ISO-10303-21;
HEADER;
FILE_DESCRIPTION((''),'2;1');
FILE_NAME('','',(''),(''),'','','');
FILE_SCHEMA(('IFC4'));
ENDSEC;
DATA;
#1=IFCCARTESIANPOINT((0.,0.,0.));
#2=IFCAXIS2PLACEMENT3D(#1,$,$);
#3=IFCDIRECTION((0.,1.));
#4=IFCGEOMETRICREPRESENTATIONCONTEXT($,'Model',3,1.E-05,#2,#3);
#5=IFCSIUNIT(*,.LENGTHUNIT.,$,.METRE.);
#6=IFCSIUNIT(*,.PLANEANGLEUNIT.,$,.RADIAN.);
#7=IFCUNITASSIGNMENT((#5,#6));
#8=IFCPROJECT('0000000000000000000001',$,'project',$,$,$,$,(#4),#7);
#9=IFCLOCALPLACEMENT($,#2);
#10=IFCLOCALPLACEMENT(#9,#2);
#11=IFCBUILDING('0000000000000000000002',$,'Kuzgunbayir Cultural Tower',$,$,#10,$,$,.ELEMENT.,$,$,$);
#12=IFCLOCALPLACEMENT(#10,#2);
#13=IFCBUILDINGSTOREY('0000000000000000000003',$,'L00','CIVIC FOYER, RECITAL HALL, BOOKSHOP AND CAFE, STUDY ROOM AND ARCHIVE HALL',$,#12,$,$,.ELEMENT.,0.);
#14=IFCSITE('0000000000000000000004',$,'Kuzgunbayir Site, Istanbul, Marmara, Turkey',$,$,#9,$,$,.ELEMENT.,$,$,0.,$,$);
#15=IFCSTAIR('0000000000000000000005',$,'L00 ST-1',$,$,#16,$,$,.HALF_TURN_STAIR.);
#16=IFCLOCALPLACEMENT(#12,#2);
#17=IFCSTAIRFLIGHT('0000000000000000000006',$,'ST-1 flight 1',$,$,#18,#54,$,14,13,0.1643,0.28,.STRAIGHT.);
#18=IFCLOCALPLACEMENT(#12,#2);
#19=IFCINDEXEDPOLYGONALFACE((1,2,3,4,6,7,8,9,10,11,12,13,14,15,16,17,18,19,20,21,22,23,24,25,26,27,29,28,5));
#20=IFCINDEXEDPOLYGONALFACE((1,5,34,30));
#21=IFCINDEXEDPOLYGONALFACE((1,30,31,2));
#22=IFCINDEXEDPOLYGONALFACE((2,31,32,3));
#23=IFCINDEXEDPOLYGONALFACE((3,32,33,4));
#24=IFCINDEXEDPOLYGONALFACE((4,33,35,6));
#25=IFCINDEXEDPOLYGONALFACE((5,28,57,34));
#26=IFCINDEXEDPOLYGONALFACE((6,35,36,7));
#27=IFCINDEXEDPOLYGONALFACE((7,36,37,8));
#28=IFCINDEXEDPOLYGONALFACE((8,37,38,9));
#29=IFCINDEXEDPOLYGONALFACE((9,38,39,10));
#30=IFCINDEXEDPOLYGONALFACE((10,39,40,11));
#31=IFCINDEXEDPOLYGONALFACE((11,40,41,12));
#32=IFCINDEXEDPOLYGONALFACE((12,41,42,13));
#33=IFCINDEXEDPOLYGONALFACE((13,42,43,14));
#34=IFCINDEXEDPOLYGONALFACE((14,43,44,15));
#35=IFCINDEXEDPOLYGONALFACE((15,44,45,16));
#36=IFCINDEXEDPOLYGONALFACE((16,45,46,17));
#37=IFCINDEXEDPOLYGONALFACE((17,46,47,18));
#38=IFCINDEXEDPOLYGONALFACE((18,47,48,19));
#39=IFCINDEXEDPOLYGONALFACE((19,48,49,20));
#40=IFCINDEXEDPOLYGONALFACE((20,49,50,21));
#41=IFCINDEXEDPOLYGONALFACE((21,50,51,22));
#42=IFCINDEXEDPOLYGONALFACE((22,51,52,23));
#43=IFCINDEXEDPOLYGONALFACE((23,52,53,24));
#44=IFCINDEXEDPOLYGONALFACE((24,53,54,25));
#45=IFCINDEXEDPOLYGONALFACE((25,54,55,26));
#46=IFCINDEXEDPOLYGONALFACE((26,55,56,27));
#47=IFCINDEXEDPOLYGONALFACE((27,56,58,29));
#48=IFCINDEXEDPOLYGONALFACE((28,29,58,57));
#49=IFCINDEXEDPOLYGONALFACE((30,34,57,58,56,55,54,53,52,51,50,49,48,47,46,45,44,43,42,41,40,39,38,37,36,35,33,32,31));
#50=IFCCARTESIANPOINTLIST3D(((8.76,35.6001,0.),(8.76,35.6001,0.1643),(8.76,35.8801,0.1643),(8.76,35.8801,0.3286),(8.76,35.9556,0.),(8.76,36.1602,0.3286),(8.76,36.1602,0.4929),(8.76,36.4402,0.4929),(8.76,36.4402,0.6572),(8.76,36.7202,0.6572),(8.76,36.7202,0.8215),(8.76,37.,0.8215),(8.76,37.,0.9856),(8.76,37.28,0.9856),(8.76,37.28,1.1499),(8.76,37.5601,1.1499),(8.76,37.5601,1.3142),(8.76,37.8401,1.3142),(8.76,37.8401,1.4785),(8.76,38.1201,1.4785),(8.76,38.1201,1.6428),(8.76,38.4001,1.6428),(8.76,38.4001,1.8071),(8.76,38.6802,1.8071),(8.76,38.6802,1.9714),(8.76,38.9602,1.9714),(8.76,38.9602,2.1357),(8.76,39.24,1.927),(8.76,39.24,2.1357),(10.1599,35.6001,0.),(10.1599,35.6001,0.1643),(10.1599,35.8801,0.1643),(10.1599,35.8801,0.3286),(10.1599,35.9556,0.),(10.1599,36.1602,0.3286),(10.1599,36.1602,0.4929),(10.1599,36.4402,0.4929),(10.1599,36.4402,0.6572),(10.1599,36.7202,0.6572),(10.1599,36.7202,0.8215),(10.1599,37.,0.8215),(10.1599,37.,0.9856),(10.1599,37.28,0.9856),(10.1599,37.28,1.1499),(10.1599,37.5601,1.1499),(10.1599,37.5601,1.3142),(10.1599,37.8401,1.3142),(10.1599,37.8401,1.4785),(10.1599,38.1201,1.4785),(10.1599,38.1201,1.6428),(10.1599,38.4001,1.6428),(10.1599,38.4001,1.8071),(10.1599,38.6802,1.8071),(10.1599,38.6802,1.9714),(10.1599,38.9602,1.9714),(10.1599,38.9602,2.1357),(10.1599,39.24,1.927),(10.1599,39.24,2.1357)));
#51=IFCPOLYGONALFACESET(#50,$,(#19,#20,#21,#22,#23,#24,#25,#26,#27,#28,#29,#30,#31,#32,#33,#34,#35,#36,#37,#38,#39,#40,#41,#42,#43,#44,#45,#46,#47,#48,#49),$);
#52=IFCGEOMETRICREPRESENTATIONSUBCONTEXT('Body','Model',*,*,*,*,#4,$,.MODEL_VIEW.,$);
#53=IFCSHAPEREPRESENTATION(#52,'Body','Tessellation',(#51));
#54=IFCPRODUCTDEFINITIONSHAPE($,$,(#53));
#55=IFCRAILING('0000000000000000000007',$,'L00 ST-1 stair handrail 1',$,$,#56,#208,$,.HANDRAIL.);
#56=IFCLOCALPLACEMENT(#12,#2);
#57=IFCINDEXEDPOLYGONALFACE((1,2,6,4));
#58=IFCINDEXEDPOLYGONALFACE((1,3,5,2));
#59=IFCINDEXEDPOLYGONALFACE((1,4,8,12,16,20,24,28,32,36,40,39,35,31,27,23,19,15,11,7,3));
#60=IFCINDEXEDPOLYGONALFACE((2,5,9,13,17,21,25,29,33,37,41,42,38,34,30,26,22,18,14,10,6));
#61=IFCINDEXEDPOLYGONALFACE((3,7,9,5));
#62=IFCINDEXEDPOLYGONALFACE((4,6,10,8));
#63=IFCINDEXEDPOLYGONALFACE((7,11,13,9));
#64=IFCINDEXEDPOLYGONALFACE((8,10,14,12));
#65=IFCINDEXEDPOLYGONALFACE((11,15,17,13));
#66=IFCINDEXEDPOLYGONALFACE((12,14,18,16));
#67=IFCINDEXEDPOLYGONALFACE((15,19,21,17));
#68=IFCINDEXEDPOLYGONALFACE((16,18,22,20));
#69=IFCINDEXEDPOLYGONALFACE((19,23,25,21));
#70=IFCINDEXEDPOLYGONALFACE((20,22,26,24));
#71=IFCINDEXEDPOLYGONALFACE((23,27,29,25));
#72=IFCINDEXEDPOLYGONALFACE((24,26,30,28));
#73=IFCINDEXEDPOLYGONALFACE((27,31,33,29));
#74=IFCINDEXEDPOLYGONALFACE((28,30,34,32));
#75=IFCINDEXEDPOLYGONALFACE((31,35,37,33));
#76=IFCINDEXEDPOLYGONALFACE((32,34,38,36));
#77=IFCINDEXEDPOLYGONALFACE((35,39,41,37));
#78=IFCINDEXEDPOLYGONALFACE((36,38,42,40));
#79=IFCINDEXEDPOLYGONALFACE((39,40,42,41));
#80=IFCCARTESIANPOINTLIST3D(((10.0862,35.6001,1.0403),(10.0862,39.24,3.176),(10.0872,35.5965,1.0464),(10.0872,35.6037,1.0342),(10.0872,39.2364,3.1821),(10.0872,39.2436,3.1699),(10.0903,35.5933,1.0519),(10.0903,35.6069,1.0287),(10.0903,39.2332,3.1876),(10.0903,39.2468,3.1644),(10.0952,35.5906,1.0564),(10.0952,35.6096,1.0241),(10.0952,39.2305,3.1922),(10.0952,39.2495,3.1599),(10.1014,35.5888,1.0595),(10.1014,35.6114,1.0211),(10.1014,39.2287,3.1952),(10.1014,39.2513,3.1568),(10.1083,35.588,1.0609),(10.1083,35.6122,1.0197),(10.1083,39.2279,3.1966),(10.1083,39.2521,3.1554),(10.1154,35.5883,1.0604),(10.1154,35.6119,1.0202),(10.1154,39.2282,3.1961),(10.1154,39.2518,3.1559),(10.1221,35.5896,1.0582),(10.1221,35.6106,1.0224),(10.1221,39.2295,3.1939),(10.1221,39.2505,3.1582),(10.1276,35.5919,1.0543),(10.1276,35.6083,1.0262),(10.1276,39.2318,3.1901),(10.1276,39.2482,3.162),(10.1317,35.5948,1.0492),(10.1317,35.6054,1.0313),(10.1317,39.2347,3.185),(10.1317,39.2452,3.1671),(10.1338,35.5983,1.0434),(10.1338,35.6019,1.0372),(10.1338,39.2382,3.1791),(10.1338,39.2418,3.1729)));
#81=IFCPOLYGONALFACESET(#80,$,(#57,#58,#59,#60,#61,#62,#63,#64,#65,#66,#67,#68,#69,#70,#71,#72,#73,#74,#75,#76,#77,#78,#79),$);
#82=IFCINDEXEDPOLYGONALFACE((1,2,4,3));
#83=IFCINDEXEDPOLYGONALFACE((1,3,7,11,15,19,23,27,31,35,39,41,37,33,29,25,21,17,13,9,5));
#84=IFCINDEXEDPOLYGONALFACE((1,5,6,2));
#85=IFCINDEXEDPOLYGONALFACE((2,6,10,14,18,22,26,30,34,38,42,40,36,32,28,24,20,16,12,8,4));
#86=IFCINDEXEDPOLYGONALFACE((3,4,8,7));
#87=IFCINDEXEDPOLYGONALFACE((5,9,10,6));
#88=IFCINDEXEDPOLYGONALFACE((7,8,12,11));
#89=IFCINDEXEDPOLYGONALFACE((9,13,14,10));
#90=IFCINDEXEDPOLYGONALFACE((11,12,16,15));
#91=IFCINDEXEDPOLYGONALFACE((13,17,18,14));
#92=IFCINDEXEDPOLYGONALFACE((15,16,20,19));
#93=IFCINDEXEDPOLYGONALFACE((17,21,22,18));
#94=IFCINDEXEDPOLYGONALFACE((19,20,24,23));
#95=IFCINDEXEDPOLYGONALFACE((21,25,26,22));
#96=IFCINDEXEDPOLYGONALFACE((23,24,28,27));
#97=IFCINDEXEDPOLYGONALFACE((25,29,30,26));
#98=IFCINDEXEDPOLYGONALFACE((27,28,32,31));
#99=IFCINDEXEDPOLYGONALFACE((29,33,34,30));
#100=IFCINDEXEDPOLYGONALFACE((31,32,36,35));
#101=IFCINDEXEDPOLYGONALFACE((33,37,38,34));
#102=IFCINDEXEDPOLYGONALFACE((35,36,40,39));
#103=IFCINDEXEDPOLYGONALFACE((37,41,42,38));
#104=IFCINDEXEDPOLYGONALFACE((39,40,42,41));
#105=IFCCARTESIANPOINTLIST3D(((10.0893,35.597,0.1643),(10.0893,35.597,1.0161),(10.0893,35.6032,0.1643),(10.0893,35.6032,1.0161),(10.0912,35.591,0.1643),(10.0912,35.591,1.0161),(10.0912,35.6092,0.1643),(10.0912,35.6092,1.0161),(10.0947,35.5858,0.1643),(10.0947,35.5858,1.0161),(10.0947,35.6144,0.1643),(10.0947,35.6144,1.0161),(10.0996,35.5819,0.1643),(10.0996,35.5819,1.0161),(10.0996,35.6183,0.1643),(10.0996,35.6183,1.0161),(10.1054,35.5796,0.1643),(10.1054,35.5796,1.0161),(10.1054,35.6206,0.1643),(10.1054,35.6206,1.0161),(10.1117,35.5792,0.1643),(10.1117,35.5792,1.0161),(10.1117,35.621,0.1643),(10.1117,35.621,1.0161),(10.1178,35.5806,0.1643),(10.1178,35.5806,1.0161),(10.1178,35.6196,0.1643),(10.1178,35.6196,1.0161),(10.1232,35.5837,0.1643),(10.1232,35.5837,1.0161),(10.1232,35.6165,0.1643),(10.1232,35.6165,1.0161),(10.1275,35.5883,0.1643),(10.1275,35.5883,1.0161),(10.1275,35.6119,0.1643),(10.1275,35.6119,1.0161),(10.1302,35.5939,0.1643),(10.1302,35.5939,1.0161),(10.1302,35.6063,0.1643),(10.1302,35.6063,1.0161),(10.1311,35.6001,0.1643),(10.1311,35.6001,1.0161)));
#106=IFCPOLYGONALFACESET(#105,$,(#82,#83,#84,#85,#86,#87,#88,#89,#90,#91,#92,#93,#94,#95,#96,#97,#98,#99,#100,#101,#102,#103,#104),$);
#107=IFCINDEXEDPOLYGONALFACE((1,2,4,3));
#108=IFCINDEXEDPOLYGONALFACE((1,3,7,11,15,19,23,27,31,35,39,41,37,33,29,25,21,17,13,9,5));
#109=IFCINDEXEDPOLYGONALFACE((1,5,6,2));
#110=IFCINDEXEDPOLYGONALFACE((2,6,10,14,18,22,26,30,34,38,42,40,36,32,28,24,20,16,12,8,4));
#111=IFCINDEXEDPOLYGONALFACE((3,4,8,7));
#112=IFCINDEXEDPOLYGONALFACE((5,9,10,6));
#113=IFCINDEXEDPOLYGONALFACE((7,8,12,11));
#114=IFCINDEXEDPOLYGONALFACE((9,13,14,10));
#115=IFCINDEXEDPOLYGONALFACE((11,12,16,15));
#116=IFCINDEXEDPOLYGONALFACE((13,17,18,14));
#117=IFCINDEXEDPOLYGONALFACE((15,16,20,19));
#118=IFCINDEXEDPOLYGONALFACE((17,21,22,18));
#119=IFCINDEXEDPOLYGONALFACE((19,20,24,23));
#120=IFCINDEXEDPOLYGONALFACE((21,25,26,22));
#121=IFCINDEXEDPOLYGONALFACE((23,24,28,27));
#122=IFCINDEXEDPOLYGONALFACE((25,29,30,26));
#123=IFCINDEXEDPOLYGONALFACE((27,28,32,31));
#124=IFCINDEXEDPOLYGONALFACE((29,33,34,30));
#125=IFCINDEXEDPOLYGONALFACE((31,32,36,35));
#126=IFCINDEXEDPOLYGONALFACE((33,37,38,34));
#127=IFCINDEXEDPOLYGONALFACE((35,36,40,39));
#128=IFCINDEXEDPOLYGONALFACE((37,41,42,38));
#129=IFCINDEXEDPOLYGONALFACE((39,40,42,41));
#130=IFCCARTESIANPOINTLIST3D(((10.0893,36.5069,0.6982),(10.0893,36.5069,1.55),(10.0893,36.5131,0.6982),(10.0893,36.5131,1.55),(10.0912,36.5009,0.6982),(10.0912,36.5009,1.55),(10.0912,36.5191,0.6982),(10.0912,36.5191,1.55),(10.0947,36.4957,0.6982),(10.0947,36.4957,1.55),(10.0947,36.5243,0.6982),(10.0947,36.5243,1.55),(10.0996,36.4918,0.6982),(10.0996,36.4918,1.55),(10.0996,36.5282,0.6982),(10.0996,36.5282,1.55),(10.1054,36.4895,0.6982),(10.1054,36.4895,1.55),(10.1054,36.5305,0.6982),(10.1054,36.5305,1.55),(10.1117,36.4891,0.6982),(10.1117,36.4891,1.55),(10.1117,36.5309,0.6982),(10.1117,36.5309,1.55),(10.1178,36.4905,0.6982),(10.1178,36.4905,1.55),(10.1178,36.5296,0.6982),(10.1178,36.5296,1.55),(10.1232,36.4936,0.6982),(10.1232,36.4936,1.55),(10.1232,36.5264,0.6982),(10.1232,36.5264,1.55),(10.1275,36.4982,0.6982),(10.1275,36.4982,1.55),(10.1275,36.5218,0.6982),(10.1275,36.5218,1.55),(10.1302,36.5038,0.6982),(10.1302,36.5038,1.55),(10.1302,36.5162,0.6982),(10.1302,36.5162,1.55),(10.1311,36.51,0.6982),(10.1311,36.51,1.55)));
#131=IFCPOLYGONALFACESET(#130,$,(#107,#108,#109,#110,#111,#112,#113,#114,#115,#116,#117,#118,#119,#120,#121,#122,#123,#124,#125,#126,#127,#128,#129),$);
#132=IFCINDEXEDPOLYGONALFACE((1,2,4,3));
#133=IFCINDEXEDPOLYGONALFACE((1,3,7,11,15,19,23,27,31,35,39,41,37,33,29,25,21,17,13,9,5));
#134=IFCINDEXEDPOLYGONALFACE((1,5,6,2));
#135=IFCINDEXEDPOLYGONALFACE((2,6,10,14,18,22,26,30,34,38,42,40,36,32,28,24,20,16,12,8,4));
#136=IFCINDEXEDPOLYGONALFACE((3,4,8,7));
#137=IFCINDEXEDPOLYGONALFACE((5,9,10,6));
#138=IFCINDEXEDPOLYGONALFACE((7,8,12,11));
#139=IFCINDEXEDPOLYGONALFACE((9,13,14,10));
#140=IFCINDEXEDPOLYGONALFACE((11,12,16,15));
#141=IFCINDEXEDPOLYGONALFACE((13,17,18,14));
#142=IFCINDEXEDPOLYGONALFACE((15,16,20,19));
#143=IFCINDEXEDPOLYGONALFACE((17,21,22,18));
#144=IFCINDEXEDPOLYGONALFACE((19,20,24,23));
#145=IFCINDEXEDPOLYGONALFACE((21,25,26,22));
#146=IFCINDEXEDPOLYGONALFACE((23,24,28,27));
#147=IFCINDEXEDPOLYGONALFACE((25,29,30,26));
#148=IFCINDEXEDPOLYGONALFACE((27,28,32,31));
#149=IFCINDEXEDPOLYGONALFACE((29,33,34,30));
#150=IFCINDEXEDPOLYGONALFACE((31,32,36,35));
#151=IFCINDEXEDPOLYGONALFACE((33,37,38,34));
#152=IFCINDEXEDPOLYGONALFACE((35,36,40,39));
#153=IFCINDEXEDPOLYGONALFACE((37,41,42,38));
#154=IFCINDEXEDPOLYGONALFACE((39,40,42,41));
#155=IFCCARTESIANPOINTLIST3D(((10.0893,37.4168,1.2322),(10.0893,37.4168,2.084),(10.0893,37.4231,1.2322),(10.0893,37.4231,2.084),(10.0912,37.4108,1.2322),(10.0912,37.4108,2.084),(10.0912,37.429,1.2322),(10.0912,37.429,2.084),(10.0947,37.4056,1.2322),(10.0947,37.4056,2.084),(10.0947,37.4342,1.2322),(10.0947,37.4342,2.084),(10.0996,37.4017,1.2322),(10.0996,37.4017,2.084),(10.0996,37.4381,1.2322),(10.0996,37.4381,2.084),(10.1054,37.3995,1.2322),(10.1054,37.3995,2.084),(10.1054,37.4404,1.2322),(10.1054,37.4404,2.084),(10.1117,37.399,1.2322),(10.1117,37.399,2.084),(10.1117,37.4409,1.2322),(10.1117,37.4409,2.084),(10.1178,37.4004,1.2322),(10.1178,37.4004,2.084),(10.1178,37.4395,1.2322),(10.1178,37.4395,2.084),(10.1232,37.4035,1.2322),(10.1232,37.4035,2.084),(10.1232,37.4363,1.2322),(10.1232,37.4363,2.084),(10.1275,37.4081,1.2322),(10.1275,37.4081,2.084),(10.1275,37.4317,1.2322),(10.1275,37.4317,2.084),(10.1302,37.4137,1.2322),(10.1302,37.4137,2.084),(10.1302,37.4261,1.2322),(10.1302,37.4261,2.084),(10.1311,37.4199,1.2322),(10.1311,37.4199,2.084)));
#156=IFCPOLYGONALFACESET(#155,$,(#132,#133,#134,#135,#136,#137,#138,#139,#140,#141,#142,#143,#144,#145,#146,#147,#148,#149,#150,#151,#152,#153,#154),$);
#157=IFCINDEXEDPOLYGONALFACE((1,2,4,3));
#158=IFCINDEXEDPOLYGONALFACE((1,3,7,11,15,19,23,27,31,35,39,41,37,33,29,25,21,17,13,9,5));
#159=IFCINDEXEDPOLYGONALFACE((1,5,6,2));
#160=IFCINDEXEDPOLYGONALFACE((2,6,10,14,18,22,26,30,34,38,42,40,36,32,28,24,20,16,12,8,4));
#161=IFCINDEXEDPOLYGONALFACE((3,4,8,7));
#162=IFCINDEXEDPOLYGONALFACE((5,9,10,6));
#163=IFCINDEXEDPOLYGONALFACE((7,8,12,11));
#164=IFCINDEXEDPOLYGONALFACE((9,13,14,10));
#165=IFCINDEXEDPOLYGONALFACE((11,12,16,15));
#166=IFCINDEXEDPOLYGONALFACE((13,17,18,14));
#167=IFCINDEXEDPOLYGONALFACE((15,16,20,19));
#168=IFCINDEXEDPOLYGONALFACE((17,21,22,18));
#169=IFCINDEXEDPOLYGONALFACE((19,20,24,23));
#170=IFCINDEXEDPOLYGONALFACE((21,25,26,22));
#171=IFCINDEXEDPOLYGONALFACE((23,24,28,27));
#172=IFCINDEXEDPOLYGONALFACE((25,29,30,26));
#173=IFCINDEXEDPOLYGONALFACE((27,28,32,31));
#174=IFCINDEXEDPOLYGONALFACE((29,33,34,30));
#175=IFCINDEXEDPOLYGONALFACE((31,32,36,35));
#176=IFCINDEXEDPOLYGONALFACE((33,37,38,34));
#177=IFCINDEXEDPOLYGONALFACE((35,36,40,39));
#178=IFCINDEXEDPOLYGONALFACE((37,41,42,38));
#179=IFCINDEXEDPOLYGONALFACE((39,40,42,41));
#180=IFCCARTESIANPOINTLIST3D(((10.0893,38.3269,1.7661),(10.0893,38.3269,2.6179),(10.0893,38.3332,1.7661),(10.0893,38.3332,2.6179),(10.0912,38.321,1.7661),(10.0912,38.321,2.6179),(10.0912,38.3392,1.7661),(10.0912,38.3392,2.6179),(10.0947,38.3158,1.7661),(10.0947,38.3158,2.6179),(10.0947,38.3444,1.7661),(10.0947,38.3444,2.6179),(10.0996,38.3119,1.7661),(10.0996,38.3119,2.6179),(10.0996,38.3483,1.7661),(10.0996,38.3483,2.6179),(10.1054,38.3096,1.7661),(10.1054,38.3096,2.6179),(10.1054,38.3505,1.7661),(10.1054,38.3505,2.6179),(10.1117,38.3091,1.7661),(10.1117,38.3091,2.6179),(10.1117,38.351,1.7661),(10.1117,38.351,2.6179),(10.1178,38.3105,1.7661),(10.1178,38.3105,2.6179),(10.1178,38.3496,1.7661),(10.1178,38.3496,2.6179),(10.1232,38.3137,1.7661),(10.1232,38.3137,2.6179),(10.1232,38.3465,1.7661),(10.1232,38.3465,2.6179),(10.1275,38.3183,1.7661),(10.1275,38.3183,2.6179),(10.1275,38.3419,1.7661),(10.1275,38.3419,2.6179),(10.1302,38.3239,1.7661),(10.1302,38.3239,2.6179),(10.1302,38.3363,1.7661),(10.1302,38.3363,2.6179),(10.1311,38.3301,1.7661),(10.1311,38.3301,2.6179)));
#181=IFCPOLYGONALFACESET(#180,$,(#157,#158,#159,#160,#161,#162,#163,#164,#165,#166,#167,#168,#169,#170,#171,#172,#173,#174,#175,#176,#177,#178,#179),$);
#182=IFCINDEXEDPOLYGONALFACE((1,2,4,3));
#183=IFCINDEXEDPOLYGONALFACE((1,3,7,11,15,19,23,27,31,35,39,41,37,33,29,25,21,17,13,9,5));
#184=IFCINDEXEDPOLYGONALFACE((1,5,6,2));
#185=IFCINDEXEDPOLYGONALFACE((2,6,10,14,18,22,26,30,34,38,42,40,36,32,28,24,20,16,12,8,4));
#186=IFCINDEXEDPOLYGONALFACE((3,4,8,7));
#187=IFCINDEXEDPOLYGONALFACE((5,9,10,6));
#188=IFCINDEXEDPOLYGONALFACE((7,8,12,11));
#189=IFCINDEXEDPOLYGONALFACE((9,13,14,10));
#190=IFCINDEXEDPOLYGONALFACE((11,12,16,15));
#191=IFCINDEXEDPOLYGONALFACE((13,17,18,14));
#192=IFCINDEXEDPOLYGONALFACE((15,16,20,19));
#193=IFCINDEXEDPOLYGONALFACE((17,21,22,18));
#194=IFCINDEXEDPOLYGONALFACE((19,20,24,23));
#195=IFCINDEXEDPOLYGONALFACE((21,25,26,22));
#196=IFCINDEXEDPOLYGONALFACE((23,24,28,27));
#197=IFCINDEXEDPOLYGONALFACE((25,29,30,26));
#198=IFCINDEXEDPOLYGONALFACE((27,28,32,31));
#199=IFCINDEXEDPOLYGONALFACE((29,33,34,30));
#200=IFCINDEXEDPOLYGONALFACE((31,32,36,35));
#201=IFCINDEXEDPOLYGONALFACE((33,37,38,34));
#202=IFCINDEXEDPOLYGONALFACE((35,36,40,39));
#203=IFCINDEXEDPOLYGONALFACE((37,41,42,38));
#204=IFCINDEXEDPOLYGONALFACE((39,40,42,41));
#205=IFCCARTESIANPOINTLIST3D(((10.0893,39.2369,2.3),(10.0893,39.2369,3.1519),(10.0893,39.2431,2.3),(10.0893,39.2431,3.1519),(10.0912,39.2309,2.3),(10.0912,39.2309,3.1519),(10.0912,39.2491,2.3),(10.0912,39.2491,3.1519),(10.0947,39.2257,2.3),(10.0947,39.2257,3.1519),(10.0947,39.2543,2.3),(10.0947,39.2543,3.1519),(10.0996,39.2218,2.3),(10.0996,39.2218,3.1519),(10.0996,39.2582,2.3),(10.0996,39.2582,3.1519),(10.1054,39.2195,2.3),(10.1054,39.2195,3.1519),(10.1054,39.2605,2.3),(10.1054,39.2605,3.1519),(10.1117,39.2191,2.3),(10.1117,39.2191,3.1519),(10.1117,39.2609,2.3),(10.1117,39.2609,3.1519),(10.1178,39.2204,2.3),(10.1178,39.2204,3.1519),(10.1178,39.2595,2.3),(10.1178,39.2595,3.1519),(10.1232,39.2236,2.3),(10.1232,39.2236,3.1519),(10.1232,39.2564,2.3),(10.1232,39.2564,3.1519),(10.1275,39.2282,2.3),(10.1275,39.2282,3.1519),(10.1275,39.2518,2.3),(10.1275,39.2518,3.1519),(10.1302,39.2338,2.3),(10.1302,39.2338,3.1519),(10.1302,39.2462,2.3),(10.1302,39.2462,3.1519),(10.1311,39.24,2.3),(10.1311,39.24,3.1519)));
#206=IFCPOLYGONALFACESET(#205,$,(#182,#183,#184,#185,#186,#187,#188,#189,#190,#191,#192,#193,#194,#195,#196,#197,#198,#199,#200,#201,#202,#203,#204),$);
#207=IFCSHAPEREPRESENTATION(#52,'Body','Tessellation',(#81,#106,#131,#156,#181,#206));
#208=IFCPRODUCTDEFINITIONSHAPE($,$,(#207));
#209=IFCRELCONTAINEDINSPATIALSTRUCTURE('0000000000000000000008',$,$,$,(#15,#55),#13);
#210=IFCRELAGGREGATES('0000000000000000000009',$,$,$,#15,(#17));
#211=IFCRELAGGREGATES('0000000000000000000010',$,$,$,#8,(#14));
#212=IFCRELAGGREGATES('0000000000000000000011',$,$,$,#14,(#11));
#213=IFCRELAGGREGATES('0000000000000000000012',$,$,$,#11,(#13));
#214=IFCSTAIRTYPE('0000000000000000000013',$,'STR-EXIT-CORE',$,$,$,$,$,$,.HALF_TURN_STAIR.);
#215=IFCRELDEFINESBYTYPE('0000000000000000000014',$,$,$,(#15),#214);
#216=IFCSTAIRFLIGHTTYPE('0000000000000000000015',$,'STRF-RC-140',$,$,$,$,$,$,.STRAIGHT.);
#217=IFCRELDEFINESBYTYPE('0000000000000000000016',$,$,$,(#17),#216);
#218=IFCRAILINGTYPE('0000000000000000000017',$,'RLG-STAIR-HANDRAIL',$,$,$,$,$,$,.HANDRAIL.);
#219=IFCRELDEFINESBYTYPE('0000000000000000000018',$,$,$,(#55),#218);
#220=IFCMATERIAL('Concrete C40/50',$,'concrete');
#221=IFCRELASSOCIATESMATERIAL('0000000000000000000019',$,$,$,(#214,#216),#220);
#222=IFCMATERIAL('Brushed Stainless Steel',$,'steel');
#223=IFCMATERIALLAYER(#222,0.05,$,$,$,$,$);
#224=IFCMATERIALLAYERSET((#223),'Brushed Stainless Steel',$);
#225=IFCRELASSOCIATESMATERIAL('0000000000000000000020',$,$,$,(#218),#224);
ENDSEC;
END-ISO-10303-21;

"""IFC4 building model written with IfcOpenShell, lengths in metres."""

from ifc_helpers import new_model, si_unit, direction, frame, origin, origin_2d, place, context, subcontext, project, spatial, polyline, circle, outline, extrude, material, layer, layer_set, type_object, element, aggregate, save


model = new_model("IFC4")

# Units and contexts
model_context = context("Model", 3, precision=1e-05, world=origin(), true_north=direction((0.0, 1.0)))
body_context = subcontext(model_context, "Body", "Model", "MODEL_VIEW")
ifc_project = project(units=[si_unit("LENGTHUNIT", "METRE"), si_unit("PLANEANGLEUNIT", "RADIAN")], contexts=[model_context])

# Site, building, storey
site_placement = place(None, origin())
site = spatial("IfcSite", under=ifc_project, at=site_placement, Name="Kuzgunbayir Site, Istanbul, Marmara, Turkey", CompositionType="ELEMENT", RefElevation=0.0)
building_placement = place(site_placement, origin())
building = spatial("IfcBuilding", under=site, at=building_placement, Name="Kuzgunbayir Cultural Tower", CompositionType="ELEMENT")
storey_placement = place(building_placement, origin())
storey = spatial("IfcBuildingStorey", under=building, at=storey_placement, Name="L00", Description="CIVIC FOYER, RECITAL HALL, BOOKSHOP AND CAFE, STUDY ROOM AND ARCHIVE HALL", CompositionType="ELEMENT", Elevation=0.0)

# Shared definitions
ifc_material_1 = material(Name="Concrete C40/50", Category="concrete")

# Shared definitions
ifc_material_2 = material(Name="Brushed Stainless Steel", Category="steel")

# Stair, stair flight
stair_type = type_object("IfcStairType", Name="STR-EXIT-CORE", PredefinedType="HALF_TURN_STAIR", material=ifc_material_1)
stair_placement = place(storey_placement, origin())
stair = element("IfcStair", 1, at=stair_placement, inside=storey, type_object=stair_type, Name="L00 ST-1", PredefinedType="HALF_TURN_STAIR")
stair_flight_type = type_object("IfcStairFlightType", Name="STRF-RC-140", PredefinedType="STRAIGHT", material=ifc_material_1)
stair_flight_placement = place(storey_placement, frame((9.46, 35.6001, 0.0), z_axis=(0.0, 0.0, 1.0), x_axis=(0.0, 1.0, 0.0)))
stair_flight = element("IfcStairFlight", 2, at=stair_flight_placement, type_object=stair_flight_type, Name="ST-1 flight 1", NumberOfRisers=14, NumberOfTreads=13, PredefinedType="STRAIGHT", RiserHeight=0.1643, TreadLength=0.28, context=body_context, shape_type="SweptSolid", body=[
    extrude(outline(polyline([(0.0, 0.0), (0.0, 0.1643), (0.28, 0.1643), (0.28, 0.3286), (0.5601, 0.3286), (0.5601, 0.4929), (0.8401, 0.4929), (0.8401, 0.6572), (1.1201, 0.6572), (1.1201, 0.8215), (1.3999, 0.8215), (1.3999, 0.9856), (1.6799, 0.9856), (1.6799, 1.1499), (1.96, 1.1499), (1.96, 1.3142), (2.24, 1.3142), (2.24, 1.4785), (2.52, 1.4785), (2.52, 1.6428), (2.8, 1.6428), (2.8, 1.8071), (3.0801, 1.8071), (3.0801, 1.9714), (3.3601, 1.9714), (3.3601, 2.1357), (3.6399, 2.1357), (3.6399, 2.3), (3.6399, 1.927), (0.3555, 0.0), (0.0, 0.0)])), frame((0.0, 0.7, 0.0), z_axis=(0.0, -1.0, 0.0), x_axis=(1.0, 0.0, 0.0)), (0.0, 0.0, 1.0), 1.3999),
])
aggregate(stair, [stair_flight])

# Railing
ifc_layer_1 = layer(ifc_material_2, 0.05)
ifc_layer_set_1 = layer_set([ifc_layer_1], Name="Brushed Stainless Steel")
railing_type_1 = type_object("IfcRailingType", Name="RLG-STAIR-HANDRAIL", PredefinedType="HANDRAIL", material=ifc_layer_set_1)
railing_1_placement = place(storey_placement, frame((10.1101, 35.6001, 0.1643)))
element("IfcRailing", 3, at=railing_1_placement, inside=storey, type_object=railing_type_1, Name="L00 ST-1 stair handrail 1", PredefinedType="HANDRAIL", context=body_context, shape_type="SweptSolid", body=[
    extrude(circle(Radius=0.0239, at=origin_2d()), frame((0.0, 0.0, 0.876), z_axis=(0.0, 0.86249, 0.506074), x_axis=(-1.0, 0.0, 0.0)), (0.0, 0.0, 1.0), 4.2202),
    extrude(circle(Radius=0.021, at=origin_2d()), origin(), (0.0, 0.0, 1.0), 0.8518),
    extrude(circle(Radius=0.021, at=origin_2d()), frame((0.0, 0.9099, 0.5339)), (0.0, 0.0, 1.0), 0.8518),
    extrude(circle(Radius=0.021, at=origin_2d()), frame((0.0, 1.8198, 1.0679)), (0.0, 0.0, 1.0), 0.8518),
    extrude(circle(Radius=0.021, at=origin_2d()), frame((0.0, 2.73, 1.6018)), (0.0, 0.0, 1.0), 0.8518),
    extrude(circle(Radius=0.021, at=origin_2d()), frame((0.0, 3.6399, 2.1357)), (0.0, 0.0, 1.0), 0.8518),
])

save(model, "model.ifc")
